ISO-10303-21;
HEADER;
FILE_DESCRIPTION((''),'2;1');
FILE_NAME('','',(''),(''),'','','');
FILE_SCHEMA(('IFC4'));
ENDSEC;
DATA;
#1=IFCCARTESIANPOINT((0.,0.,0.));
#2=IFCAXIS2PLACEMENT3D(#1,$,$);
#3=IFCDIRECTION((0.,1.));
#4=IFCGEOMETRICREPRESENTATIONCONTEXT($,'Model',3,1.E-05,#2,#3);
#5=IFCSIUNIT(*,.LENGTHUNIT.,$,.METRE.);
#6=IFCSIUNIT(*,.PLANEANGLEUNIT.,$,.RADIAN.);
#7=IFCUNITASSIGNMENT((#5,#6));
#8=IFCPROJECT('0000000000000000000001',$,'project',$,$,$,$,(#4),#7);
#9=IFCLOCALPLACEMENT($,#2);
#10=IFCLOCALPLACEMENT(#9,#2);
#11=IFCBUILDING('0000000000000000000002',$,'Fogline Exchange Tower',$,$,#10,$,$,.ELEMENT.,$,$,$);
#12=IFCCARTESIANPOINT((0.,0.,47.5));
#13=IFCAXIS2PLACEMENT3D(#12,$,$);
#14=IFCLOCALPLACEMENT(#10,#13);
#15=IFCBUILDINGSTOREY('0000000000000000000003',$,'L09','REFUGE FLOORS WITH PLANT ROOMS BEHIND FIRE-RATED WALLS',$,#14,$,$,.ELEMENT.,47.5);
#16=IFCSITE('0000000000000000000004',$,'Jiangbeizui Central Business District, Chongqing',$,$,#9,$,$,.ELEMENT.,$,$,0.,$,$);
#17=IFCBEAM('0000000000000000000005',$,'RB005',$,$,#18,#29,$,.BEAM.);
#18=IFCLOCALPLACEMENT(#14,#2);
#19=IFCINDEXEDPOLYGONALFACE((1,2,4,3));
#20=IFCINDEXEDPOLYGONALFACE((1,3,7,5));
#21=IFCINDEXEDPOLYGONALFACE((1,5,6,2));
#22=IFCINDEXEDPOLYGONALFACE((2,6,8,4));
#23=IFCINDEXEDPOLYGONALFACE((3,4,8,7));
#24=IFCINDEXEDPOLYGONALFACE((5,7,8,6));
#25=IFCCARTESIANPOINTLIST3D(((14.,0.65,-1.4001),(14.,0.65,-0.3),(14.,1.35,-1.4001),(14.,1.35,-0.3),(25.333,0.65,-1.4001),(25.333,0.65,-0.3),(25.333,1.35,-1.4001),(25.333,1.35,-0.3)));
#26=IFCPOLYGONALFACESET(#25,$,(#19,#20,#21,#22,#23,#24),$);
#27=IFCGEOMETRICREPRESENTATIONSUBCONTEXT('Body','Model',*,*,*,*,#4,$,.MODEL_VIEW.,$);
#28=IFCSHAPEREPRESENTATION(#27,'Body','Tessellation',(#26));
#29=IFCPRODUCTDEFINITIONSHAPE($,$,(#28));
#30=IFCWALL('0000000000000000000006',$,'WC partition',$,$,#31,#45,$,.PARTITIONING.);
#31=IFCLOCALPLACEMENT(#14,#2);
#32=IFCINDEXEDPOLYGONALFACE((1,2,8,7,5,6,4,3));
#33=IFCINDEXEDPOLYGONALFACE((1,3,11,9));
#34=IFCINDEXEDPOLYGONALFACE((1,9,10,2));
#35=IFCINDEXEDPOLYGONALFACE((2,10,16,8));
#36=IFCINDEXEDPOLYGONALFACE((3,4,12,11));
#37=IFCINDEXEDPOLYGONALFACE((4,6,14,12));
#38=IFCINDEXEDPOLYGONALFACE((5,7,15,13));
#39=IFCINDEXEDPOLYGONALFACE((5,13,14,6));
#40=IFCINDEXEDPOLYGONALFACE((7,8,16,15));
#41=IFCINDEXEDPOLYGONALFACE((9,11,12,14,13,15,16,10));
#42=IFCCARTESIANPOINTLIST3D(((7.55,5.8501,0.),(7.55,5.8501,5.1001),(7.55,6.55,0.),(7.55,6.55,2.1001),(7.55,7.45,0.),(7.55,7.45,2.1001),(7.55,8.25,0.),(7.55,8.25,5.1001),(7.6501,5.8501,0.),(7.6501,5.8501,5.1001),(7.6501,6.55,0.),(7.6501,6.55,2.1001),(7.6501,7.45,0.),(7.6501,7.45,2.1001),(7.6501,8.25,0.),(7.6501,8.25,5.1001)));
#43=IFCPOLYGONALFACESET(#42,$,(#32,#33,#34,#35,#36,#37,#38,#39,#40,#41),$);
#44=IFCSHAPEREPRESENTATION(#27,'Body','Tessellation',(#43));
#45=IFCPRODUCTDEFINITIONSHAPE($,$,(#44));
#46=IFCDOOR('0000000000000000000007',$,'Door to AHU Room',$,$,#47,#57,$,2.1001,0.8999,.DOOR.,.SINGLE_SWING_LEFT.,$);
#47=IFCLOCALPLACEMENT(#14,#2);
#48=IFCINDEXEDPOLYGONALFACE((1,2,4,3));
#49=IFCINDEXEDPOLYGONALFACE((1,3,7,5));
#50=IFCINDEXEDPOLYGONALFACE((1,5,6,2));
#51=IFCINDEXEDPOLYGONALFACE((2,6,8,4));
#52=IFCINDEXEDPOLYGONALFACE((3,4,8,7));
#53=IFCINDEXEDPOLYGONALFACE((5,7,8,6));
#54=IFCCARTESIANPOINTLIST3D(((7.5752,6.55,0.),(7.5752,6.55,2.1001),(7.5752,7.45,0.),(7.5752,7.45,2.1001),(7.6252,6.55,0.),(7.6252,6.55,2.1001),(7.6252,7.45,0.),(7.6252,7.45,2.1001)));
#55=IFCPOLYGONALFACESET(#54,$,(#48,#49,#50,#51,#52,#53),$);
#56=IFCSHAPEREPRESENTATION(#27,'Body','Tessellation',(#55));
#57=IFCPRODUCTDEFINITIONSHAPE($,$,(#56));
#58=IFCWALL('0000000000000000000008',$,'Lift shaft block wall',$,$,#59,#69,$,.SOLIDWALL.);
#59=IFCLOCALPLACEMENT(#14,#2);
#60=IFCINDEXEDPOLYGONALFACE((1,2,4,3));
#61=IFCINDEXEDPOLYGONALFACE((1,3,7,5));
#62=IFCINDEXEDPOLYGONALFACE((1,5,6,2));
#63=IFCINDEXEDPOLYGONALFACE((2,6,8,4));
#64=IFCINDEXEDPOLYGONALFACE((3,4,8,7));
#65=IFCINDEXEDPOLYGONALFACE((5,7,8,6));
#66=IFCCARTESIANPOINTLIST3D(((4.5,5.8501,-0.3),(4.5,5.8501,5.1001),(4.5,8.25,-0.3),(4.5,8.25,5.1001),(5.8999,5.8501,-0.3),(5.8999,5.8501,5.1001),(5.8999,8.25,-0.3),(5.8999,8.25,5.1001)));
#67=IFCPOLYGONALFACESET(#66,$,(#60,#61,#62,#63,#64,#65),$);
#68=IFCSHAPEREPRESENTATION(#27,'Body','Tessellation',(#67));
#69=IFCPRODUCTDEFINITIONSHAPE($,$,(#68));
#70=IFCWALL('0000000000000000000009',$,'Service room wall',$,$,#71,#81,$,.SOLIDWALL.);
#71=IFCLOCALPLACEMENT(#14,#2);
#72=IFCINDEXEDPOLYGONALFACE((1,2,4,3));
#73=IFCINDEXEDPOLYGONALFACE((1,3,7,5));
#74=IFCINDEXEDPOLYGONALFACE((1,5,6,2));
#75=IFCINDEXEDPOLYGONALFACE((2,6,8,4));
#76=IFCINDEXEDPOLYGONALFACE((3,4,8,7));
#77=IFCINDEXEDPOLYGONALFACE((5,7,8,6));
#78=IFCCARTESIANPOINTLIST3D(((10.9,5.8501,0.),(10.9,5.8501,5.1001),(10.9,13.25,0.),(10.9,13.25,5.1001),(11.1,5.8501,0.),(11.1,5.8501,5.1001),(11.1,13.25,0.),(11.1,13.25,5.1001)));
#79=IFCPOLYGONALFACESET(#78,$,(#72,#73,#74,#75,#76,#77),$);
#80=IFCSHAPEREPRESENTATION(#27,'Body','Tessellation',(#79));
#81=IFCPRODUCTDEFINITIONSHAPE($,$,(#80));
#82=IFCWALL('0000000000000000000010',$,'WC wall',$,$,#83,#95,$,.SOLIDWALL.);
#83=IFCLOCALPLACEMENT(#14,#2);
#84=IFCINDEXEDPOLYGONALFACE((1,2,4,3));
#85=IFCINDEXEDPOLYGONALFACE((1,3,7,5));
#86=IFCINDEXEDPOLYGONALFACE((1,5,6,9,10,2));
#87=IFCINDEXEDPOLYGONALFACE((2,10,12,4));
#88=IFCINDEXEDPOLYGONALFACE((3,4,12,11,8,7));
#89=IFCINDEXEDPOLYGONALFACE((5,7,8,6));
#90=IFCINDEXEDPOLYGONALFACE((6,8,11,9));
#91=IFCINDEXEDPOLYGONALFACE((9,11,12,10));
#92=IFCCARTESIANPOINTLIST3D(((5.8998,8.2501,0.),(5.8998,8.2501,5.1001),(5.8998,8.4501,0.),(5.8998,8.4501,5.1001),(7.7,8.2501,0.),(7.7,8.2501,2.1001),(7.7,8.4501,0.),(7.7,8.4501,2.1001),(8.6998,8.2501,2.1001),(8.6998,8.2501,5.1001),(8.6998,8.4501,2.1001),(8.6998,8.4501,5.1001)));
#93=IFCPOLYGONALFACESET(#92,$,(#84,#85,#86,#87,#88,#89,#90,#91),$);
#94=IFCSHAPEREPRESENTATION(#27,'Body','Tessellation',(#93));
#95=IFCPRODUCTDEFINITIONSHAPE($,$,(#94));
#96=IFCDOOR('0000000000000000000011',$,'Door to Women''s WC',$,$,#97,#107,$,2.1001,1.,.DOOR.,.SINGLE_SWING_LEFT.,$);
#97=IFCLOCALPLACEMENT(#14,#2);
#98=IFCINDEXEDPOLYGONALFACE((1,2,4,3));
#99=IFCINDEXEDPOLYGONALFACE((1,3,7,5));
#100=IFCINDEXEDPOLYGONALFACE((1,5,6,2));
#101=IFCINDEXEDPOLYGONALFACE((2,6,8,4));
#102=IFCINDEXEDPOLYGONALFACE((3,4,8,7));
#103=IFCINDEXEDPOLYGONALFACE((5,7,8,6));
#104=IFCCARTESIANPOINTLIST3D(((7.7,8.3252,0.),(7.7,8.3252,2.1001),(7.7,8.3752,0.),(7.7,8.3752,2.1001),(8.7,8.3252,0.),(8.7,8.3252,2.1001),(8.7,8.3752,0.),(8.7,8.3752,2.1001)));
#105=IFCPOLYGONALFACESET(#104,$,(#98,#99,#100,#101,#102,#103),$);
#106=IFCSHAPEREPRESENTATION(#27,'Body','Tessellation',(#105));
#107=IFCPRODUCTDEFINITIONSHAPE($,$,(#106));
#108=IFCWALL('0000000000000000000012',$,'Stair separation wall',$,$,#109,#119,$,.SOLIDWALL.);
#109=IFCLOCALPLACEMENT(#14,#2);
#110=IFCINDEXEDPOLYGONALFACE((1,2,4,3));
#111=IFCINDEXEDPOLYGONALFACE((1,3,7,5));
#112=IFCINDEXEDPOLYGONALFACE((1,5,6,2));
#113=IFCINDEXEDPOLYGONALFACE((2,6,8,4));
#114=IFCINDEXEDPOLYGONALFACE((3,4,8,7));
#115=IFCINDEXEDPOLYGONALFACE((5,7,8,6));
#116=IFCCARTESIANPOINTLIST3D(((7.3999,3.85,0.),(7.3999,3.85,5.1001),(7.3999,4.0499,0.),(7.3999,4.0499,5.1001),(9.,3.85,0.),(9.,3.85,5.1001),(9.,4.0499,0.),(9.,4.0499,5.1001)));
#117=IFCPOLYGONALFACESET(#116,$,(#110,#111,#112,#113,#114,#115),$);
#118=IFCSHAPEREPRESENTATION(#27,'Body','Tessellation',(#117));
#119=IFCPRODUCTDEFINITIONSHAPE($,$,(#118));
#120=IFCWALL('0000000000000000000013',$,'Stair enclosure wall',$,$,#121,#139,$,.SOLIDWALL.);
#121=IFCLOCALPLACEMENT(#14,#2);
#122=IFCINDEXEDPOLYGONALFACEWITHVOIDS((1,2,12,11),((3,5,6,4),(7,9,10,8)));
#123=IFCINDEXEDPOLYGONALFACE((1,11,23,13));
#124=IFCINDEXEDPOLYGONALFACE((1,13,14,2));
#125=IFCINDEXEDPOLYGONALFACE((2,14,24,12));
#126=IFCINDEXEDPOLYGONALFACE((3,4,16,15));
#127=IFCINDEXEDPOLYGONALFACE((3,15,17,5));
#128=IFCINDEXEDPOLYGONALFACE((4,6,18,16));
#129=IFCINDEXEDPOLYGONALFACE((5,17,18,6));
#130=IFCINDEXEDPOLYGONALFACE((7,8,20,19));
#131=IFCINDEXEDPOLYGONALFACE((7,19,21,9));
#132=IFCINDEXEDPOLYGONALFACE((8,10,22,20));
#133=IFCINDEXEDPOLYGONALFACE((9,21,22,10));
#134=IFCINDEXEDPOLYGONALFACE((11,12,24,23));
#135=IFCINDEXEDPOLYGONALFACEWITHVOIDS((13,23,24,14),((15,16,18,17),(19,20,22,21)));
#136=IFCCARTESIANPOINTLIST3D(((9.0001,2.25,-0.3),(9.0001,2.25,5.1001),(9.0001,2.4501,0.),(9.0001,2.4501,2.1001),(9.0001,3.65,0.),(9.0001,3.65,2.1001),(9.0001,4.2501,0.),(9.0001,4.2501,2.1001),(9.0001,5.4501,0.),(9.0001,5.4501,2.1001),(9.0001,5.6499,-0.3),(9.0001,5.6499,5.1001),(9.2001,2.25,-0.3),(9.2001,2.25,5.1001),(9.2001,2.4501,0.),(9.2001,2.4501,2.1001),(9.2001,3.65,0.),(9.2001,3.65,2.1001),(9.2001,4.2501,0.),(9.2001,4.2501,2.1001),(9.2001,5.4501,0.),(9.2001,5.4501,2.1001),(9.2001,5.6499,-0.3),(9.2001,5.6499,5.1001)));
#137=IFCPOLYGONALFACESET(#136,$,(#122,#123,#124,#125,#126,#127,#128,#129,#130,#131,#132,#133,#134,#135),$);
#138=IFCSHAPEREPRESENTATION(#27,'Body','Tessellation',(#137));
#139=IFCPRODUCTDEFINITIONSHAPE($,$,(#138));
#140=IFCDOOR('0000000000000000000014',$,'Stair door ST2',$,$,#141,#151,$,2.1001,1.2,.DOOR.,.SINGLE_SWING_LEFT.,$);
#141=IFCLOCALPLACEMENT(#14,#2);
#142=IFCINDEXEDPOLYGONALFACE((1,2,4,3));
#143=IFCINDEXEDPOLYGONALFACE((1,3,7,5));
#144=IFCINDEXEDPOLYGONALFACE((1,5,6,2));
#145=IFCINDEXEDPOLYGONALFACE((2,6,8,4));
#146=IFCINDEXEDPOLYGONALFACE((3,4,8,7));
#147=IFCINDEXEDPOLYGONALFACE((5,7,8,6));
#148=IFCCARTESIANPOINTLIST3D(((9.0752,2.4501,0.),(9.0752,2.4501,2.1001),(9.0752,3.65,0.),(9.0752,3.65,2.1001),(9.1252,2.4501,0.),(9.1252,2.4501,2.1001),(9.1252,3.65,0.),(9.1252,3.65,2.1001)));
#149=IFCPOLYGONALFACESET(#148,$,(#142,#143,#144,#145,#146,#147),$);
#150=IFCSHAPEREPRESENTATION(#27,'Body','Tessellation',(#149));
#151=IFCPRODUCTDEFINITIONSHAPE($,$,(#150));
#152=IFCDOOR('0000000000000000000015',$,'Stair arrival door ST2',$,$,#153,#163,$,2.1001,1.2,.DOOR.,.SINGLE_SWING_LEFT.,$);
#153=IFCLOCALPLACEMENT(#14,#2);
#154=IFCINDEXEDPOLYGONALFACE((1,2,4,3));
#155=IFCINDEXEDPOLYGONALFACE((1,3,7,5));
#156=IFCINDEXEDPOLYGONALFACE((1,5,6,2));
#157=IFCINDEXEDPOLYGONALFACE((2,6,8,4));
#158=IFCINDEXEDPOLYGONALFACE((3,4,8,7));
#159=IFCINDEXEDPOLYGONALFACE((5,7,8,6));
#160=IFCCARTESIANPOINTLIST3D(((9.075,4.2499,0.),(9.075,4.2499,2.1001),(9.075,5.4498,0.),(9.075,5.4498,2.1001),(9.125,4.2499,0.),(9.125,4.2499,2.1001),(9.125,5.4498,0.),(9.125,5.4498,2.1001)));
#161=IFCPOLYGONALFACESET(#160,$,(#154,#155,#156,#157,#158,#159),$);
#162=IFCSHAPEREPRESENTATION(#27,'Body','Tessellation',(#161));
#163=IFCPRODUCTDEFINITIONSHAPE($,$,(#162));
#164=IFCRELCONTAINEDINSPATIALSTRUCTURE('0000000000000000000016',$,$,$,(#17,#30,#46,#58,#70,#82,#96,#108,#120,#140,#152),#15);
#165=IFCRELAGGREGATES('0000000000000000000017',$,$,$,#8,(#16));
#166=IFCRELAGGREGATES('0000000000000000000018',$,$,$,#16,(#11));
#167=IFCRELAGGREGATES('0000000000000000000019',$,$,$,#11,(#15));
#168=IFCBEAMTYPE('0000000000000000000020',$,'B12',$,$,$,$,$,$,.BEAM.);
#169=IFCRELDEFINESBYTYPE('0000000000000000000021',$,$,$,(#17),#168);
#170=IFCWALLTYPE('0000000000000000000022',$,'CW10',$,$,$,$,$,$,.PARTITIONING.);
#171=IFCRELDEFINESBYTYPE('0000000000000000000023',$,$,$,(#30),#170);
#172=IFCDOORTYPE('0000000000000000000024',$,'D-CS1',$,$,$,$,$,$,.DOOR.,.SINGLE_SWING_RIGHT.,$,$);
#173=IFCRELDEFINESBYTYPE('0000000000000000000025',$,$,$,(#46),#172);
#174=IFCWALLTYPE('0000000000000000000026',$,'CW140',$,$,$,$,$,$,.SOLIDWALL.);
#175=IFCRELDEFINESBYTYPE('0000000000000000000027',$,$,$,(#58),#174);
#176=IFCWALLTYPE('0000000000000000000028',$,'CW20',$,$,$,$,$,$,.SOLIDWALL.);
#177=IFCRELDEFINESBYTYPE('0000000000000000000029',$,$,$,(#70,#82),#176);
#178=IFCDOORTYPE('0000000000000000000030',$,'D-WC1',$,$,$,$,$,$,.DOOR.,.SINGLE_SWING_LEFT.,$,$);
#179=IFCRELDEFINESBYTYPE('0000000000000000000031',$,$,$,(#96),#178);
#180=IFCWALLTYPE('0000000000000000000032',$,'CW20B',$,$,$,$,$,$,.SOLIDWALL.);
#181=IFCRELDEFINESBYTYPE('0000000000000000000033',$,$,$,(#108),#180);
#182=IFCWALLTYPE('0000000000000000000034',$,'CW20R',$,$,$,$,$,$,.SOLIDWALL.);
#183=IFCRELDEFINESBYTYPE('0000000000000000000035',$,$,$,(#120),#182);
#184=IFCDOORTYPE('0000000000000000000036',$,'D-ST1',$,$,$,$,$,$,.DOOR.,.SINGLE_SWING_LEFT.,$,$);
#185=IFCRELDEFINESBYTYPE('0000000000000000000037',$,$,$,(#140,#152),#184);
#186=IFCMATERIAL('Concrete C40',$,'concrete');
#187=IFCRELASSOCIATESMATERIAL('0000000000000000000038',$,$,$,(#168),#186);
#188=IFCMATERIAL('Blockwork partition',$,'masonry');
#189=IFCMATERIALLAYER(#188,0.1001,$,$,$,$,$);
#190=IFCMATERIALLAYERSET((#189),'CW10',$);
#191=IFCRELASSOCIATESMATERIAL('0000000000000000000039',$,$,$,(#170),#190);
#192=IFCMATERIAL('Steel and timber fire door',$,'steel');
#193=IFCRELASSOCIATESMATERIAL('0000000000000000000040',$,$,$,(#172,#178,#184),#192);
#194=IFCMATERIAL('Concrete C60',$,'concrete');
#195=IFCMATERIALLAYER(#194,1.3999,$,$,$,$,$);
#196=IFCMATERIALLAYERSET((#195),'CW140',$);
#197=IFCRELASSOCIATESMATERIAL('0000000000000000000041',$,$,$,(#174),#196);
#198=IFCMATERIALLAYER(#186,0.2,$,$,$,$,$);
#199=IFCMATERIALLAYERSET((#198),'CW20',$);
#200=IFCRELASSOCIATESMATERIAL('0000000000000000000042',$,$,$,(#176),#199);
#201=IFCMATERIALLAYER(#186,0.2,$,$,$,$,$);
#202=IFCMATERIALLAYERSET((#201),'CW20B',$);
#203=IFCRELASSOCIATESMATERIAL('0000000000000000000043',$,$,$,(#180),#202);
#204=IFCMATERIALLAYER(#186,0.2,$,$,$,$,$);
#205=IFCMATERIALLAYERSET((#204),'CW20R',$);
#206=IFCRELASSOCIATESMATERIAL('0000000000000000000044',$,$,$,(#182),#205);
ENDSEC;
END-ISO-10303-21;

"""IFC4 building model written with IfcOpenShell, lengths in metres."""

from ifc_helpers import new_model, si_unit, direction, frame, frame_2d, origin, origin_2d, place, context, subcontext, project, spatial, rectangle, extrude, material, layer, layer_set, material_profile, profile_set, type_object, element, fill, save


model = new_model("IFC4")

# Units and contexts
model_context = context("Model", 3, precision=1e-05, world=origin(), true_north=direction((0.0, 1.0)))
body_context = subcontext(model_context, "Body", "Model", "MODEL_VIEW")
ifc_project = project(units=[si_unit("LENGTHUNIT", "METRE"), si_unit("PLANEANGLEUNIT", "RADIAN")], contexts=[model_context])

# Site, building, storey
site_placement = place(None, origin())
site = spatial("IfcSite", under=ifc_project, at=site_placement, Name="Jiangbeizui Central Business District, Chongqing", CompositionType="ELEMENT", RefElevation=0.0)
building_placement = place(site_placement, origin())
building = spatial("IfcBuilding", under=site, at=building_placement, Name="Fogline Exchange Tower", CompositionType="ELEMENT")
storey_placement = place(building_placement, frame((0.0, 0.0, 47.5)))
storey = spatial("IfcBuildingStorey", under=building, at=storey_placement, Name="L09", Description="REFUGE FLOORS WITH PLANT ROOMS BEHIND FIRE-RATED WALLS", CompositionType="ELEMENT", Elevation=47.5)

# Beam
ifc_material_1 = material(Name="Concrete C40", Category="concrete")
ifc_material_profile = material_profile(ifc_material_1, rectangle(XDim=0.7, YDim=1.1001, at=origin_2d()), Name="RC 700x1100")
ifc_profile_set = profile_set([ifc_material_profile], Name="Concrete C40")
beam_type = type_object("IfcBeamType", Name="B12", PredefinedType="BEAM", material=ifc_profile_set)
beam_placement = place(storey_placement, frame((14.0, 1.0, -0.8501), z_axis=(1.0, 0.0, 0.0), x_axis=(0.0, 1.0, 0.0)))
element("IfcBeam", 1, at=beam_placement, inside=storey, type_object=beam_type, Name="RB005", PredefinedType="BEAM", context=body_context, shape_type="SweptSolid", body=[
    extrude(rectangle(XDim=0.7, YDim=1.1001, at=origin_2d()), origin(), (0.0, 0.0, 1.0), 11.333),
])

# Wall, opening, door
ifc_material_2 = material(Name="Blockwork partition", Category="masonry")
ifc_layer_1 = layer(ifc_material_2, 0.1001)
ifc_layer_set_1 = layer_set([ifc_layer_1], Name="CW10")
wall_type_1 = type_object("IfcWallType", Name="CW10", PredefinedType="PARTITIONING", material=ifc_layer_set_1)
wall_1_placement = place(storey_placement, frame((7.6001, 5.8501, 0.0), z_axis=(0.0, 0.0, 1.0), x_axis=(0.0, 1.0, 0.0)))
wall_1 = element("IfcWall", 2, at=wall_1_placement, inside=storey, type_object=wall_type_1, Name="WC partition", PredefinedType="PARTITIONING", context=body_context, shape_type="SweptSolid", body=[
    extrude(rectangle(XDim=2.3999, YDim=0.1001, at=frame_2d((1.2, 0.0))), origin(), (0.0, 0.0, 1.0), 5.1001),
])
opening_1_placement = place(wall_1_placement, frame((0.7, 0.0, 0.0)))
opening_1 = element("IfcOpeningElement", 3, at=opening_1_placement, cuts=wall_1, PredefinedType="OPENING", context=body_context, shape_type="SweptSolid", body=[
    extrude(rectangle(XDim=0.8999, YDim=2.1001, at=frame_2d((0.45, 1.05))), frame((0.0, 0.0601, 0.0), z_axis=(0.0, -1.0, 0.0), x_axis=(1.0, 0.0, 0.0)), (0.0, 0.0, 1.0), 0.1201),
])
ifc_material_3 = material(Name="Steel and timber fire door", Category="steel")
door_type_1 = type_object("IfcDoorType", Name="D-CS1", OperationType="SINGLE_SWING_RIGHT", PredefinedType="DOOR", material=ifc_material_3)
door_1_placement = place(opening_1_placement, origin())
door_1 = element("IfcDoor", 4, at=door_1_placement, inside=storey, type_object=door_type_1, Name="Door to AHU Room", OperationType="SINGLE_SWING_LEFT", OverallHeight=2.1001, OverallWidth=0.8999, PredefinedType="DOOR", context=body_context, shape_type="SweptSolid", body=[
    extrude(rectangle(XDim=0.8999, YDim=2.1001, at=frame_2d((0.45, 1.05))), frame((0.0, 0.0249, 0.0), z_axis=(0.0, -1.0, 0.0), x_axis=(1.0, 0.0, 0.0)), (0.0, 0.0, 1.0), 0.05),
])
fill(opening_1, door_1)

# Walls
ifc_material_4 = material(Name="Concrete C60", Category="concrete")
ifc_layer_2 = layer(ifc_material_4, 1.3999)
ifc_layer_set_2 = layer_set([ifc_layer_2], Name="CW140")
wall_type_2 = type_object("IfcWallType", Name="CW140", PredefinedType="SOLIDWALL", material=ifc_layer_set_2)
wall_2_placement = place(storey_placement, frame((5.2, 5.8501, -0.3), z_axis=(0.0, 0.0, 1.0), x_axis=(0.0, 1.0, 0.0)))
element("IfcWall", 5, at=wall_2_placement, inside=storey, type_object=wall_type_2, Name="Lift shaft block wall", PredefinedType="SOLIDWALL", context=body_context, shape_type="SweptSolid", body=[
    extrude(rectangle(XDim=2.3999, YDim=1.3999, at=frame_2d((1.2, 0.0))), origin(), (0.0, 0.0, 1.0), 5.4001),
])
ifc_layer_3 = layer(ifc_material_1, 0.2)
ifc_layer_set_3 = layer_set([ifc_layer_3], Name="CW20")
wall_type_3 = type_object("IfcWallType", Name="CW20", PredefinedType="SOLIDWALL", material=ifc_layer_set_3)
wall_3_placement = place(storey_placement, frame((11.0, 5.8501, 0.0), z_axis=(0.0, 0.0, 1.0), x_axis=(0.0, 1.0, 0.0)))
element("IfcWall", 6, at=wall_3_placement, inside=storey, type_object=wall_type_3, Name="Service room wall", PredefinedType="SOLIDWALL", context=body_context, shape_type="SweptSolid", body=[
    extrude(rectangle(XDim=7.3999, YDim=0.2, at=frame_2d((3.7, 0.0))), origin(), (0.0, 0.0, 1.0), 5.1001),
])

# Wall, opening, door
wall_4_placement = place(storey_placement, frame((5.8999, 8.3501, 0.0), z_axis=(0.0, 0.0, 1.0), x_axis=(1.0, 0.0, 0.0)))
wall_4 = element("IfcWall", 7, at=wall_4_placement, inside=storey, type_object=wall_type_3, Name="WC wall", PredefinedType="SOLIDWALL", context=body_context, shape_type="SweptSolid", body=[
    extrude(rectangle(XDim=2.8, YDim=0.2, at=frame_2d((1.3999, 0.0))), origin(), (0.0, 0.0, 1.0), 5.1001),
])
opening_2_placement = place(wall_4_placement, frame((1.8, 0.0, 0.0)))
opening_2 = element("IfcOpeningElement", 8, at=opening_2_placement, cuts=wall_4, PredefinedType="OPENING", context=body_context, shape_type="SweptSolid", body=[
    extrude(rectangle(XDim=1.0, YDim=2.1001, at=frame_2d((0.5, 1.05))), frame((0.0, 0.1099, 0.0), z_axis=(0.0, -1.0, 0.0), x_axis=(1.0, 0.0, 0.0)), (0.0, 0.0, 1.0), 0.22),
])
door_type_2 = type_object("IfcDoorType", Name="D-WC1", OperationType="SINGLE_SWING_LEFT", PredefinedType="DOOR", material=ifc_material_3)
door_2_placement = place(opening_2_placement, frame((1.0, 0.0, 0.0), z_axis=(0.0, 0.0, 1.0), x_axis=(-1.0, 0.0, 0.0)))
door_2 = element("IfcDoor", 9, at=door_2_placement, inside=storey, type_object=door_type_2, Name="Door to Women's WC", OperationType="SINGLE_SWING_LEFT", OverallHeight=2.1001, OverallWidth=1.0, PredefinedType="DOOR", context=body_context, shape_type="SweptSolid", body=[
    extrude(rectangle(XDim=1.0, YDim=2.1001, at=frame_2d((0.5, 1.05))), frame((0.0, 0.0249, 0.0), z_axis=(0.0, -1.0, 0.0), x_axis=(1.0, 0.0, 0.0)), (0.0, 0.0, 1.0), 0.05),
])
fill(opening_2, door_2)

# Wall
ifc_layer_4 = layer(ifc_material_1, 0.2)
ifc_layer_set_4 = layer_set([ifc_layer_4], Name="CW20B")
wall_type_4 = type_object("IfcWallType", Name="CW20B", PredefinedType="SOLIDWALL", material=ifc_layer_set_4)
wall_5_placement = place(storey_placement, frame((7.3999, 3.95, 0.0), z_axis=(0.0, 0.0, 1.0), x_axis=(1.0, 0.0, 0.0)))
element("IfcWall", 10, at=wall_5_placement, inside=storey, type_object=wall_type_4, Name="Stair separation wall", PredefinedType="SOLIDWALL", context=body_context, shape_type="SweptSolid", body=[
    extrude(rectangle(XDim=1.6001, YDim=0.2, at=frame_2d((0.8, 0.0))), origin(), (0.0, 0.0, 1.0), 5.1001),
])

# Wall, openings, doors
ifc_layer_5 = layer(ifc_material_1, 0.2)
ifc_layer_set_5 = layer_set([ifc_layer_5], Name="CW20R")
wall_type_5 = type_object("IfcWallType", Name="CW20R", PredefinedType="SOLIDWALL", material=ifc_layer_set_5)
wall_6_placement = place(storey_placement, frame((9.1001, 2.25, -0.3), z_axis=(0.0, 0.0, 1.0), x_axis=(0.0, 1.0, 0.0)))
wall_6 = element("IfcWall", 11, at=wall_6_placement, inside=storey, type_object=wall_type_5, Name="Stair enclosure wall", PredefinedType="SOLIDWALL", context=body_context, shape_type="SweptSolid", body=[
    extrude(rectangle(XDim=3.3999, YDim=0.2, at=frame_2d((1.7, 0.0))), origin(), (0.0, 0.0, 1.0), 5.4001),
])
opening_3_placement = place(wall_6_placement, frame((0.2, 0.0, 0.3)))
opening_3 = element("IfcOpeningElement", 12, at=opening_3_placement, cuts=wall_6, PredefinedType="OPENING", context=body_context, shape_type="SweptSolid", body=[
    extrude(rectangle(XDim=1.2, YDim=2.1001, at=frame_2d((0.6001, 1.05))), frame((0.0, 0.1099, 0.0), z_axis=(0.0, -1.0, 0.0), x_axis=(1.0, 0.0, 0.0)), (0.0, 0.0, 1.0), 0.22),
])
opening_4_placement = place(wall_6_placement, frame((2.0, 0.0, 0.3)))
opening_4 = element("IfcOpeningElement", 13, at=opening_4_placement, cuts=wall_6, PredefinedType="OPENING", context=body_context, shape_type="SweptSolid", body=[
    extrude(rectangle(XDim=1.2, YDim=2.1001, at=frame_2d((0.6001, 1.05))), frame((0.0, 0.1099, 0.0), z_axis=(0.0, -1.0, 0.0), x_axis=(1.0, 0.0, 0.0)), (0.0, 0.0, 1.0), 0.22),
])
door_type_3 = type_object("IfcDoorType", Name="D-ST1", OperationType="SINGLE_SWING_LEFT", PredefinedType="DOOR", material=ifc_material_3)
door_3_placement = place(opening_3_placement, origin())
door_3 = element("IfcDoor", 14, at=door_3_placement, inside=storey, type_object=door_type_3, Name="Stair door ST2", OperationType="SINGLE_SWING_LEFT", OverallHeight=2.1001, OverallWidth=1.2, PredefinedType="DOOR", context=body_context, shape_type="SweptSolid", body=[
    extrude(rectangle(XDim=1.2, YDim=2.1001, at=frame_2d((0.6001, 1.05))), frame((0.0, 0.0249, 0.0), z_axis=(0.0, -1.0, 0.0), x_axis=(1.0, 0.0, 0.0)), (0.0, 0.0, 1.0), 0.05),
])
fill(opening_3, door_3)
door_4_placement = place(opening_4_placement, frame((1.2, 0.0, 0.0), z_axis=(0.0, 0.0, 1.0), x_axis=(-1.0, 0.0, 0.0)))
door_4 = element("IfcDoor", 15, at=door_4_placement, inside=storey, type_object=door_type_3, Name="Stair arrival door ST2", OperationType="SINGLE_SWING_LEFT", OverallHeight=2.1001, OverallWidth=1.2, PredefinedType="DOOR", context=body_context, shape_type="SweptSolid", body=[
    extrude(rectangle(XDim=1.2, YDim=2.1001, at=frame_2d((0.6001, 1.05))), frame((0.0, 0.0249, 0.0), z_axis=(0.0, -1.0, 0.0), x_axis=(1.0, 0.0, 0.0)), (0.0, 0.0, 1.0), 0.05),
])
fill(opening_4, door_4)

save(model, "model.ifc")
